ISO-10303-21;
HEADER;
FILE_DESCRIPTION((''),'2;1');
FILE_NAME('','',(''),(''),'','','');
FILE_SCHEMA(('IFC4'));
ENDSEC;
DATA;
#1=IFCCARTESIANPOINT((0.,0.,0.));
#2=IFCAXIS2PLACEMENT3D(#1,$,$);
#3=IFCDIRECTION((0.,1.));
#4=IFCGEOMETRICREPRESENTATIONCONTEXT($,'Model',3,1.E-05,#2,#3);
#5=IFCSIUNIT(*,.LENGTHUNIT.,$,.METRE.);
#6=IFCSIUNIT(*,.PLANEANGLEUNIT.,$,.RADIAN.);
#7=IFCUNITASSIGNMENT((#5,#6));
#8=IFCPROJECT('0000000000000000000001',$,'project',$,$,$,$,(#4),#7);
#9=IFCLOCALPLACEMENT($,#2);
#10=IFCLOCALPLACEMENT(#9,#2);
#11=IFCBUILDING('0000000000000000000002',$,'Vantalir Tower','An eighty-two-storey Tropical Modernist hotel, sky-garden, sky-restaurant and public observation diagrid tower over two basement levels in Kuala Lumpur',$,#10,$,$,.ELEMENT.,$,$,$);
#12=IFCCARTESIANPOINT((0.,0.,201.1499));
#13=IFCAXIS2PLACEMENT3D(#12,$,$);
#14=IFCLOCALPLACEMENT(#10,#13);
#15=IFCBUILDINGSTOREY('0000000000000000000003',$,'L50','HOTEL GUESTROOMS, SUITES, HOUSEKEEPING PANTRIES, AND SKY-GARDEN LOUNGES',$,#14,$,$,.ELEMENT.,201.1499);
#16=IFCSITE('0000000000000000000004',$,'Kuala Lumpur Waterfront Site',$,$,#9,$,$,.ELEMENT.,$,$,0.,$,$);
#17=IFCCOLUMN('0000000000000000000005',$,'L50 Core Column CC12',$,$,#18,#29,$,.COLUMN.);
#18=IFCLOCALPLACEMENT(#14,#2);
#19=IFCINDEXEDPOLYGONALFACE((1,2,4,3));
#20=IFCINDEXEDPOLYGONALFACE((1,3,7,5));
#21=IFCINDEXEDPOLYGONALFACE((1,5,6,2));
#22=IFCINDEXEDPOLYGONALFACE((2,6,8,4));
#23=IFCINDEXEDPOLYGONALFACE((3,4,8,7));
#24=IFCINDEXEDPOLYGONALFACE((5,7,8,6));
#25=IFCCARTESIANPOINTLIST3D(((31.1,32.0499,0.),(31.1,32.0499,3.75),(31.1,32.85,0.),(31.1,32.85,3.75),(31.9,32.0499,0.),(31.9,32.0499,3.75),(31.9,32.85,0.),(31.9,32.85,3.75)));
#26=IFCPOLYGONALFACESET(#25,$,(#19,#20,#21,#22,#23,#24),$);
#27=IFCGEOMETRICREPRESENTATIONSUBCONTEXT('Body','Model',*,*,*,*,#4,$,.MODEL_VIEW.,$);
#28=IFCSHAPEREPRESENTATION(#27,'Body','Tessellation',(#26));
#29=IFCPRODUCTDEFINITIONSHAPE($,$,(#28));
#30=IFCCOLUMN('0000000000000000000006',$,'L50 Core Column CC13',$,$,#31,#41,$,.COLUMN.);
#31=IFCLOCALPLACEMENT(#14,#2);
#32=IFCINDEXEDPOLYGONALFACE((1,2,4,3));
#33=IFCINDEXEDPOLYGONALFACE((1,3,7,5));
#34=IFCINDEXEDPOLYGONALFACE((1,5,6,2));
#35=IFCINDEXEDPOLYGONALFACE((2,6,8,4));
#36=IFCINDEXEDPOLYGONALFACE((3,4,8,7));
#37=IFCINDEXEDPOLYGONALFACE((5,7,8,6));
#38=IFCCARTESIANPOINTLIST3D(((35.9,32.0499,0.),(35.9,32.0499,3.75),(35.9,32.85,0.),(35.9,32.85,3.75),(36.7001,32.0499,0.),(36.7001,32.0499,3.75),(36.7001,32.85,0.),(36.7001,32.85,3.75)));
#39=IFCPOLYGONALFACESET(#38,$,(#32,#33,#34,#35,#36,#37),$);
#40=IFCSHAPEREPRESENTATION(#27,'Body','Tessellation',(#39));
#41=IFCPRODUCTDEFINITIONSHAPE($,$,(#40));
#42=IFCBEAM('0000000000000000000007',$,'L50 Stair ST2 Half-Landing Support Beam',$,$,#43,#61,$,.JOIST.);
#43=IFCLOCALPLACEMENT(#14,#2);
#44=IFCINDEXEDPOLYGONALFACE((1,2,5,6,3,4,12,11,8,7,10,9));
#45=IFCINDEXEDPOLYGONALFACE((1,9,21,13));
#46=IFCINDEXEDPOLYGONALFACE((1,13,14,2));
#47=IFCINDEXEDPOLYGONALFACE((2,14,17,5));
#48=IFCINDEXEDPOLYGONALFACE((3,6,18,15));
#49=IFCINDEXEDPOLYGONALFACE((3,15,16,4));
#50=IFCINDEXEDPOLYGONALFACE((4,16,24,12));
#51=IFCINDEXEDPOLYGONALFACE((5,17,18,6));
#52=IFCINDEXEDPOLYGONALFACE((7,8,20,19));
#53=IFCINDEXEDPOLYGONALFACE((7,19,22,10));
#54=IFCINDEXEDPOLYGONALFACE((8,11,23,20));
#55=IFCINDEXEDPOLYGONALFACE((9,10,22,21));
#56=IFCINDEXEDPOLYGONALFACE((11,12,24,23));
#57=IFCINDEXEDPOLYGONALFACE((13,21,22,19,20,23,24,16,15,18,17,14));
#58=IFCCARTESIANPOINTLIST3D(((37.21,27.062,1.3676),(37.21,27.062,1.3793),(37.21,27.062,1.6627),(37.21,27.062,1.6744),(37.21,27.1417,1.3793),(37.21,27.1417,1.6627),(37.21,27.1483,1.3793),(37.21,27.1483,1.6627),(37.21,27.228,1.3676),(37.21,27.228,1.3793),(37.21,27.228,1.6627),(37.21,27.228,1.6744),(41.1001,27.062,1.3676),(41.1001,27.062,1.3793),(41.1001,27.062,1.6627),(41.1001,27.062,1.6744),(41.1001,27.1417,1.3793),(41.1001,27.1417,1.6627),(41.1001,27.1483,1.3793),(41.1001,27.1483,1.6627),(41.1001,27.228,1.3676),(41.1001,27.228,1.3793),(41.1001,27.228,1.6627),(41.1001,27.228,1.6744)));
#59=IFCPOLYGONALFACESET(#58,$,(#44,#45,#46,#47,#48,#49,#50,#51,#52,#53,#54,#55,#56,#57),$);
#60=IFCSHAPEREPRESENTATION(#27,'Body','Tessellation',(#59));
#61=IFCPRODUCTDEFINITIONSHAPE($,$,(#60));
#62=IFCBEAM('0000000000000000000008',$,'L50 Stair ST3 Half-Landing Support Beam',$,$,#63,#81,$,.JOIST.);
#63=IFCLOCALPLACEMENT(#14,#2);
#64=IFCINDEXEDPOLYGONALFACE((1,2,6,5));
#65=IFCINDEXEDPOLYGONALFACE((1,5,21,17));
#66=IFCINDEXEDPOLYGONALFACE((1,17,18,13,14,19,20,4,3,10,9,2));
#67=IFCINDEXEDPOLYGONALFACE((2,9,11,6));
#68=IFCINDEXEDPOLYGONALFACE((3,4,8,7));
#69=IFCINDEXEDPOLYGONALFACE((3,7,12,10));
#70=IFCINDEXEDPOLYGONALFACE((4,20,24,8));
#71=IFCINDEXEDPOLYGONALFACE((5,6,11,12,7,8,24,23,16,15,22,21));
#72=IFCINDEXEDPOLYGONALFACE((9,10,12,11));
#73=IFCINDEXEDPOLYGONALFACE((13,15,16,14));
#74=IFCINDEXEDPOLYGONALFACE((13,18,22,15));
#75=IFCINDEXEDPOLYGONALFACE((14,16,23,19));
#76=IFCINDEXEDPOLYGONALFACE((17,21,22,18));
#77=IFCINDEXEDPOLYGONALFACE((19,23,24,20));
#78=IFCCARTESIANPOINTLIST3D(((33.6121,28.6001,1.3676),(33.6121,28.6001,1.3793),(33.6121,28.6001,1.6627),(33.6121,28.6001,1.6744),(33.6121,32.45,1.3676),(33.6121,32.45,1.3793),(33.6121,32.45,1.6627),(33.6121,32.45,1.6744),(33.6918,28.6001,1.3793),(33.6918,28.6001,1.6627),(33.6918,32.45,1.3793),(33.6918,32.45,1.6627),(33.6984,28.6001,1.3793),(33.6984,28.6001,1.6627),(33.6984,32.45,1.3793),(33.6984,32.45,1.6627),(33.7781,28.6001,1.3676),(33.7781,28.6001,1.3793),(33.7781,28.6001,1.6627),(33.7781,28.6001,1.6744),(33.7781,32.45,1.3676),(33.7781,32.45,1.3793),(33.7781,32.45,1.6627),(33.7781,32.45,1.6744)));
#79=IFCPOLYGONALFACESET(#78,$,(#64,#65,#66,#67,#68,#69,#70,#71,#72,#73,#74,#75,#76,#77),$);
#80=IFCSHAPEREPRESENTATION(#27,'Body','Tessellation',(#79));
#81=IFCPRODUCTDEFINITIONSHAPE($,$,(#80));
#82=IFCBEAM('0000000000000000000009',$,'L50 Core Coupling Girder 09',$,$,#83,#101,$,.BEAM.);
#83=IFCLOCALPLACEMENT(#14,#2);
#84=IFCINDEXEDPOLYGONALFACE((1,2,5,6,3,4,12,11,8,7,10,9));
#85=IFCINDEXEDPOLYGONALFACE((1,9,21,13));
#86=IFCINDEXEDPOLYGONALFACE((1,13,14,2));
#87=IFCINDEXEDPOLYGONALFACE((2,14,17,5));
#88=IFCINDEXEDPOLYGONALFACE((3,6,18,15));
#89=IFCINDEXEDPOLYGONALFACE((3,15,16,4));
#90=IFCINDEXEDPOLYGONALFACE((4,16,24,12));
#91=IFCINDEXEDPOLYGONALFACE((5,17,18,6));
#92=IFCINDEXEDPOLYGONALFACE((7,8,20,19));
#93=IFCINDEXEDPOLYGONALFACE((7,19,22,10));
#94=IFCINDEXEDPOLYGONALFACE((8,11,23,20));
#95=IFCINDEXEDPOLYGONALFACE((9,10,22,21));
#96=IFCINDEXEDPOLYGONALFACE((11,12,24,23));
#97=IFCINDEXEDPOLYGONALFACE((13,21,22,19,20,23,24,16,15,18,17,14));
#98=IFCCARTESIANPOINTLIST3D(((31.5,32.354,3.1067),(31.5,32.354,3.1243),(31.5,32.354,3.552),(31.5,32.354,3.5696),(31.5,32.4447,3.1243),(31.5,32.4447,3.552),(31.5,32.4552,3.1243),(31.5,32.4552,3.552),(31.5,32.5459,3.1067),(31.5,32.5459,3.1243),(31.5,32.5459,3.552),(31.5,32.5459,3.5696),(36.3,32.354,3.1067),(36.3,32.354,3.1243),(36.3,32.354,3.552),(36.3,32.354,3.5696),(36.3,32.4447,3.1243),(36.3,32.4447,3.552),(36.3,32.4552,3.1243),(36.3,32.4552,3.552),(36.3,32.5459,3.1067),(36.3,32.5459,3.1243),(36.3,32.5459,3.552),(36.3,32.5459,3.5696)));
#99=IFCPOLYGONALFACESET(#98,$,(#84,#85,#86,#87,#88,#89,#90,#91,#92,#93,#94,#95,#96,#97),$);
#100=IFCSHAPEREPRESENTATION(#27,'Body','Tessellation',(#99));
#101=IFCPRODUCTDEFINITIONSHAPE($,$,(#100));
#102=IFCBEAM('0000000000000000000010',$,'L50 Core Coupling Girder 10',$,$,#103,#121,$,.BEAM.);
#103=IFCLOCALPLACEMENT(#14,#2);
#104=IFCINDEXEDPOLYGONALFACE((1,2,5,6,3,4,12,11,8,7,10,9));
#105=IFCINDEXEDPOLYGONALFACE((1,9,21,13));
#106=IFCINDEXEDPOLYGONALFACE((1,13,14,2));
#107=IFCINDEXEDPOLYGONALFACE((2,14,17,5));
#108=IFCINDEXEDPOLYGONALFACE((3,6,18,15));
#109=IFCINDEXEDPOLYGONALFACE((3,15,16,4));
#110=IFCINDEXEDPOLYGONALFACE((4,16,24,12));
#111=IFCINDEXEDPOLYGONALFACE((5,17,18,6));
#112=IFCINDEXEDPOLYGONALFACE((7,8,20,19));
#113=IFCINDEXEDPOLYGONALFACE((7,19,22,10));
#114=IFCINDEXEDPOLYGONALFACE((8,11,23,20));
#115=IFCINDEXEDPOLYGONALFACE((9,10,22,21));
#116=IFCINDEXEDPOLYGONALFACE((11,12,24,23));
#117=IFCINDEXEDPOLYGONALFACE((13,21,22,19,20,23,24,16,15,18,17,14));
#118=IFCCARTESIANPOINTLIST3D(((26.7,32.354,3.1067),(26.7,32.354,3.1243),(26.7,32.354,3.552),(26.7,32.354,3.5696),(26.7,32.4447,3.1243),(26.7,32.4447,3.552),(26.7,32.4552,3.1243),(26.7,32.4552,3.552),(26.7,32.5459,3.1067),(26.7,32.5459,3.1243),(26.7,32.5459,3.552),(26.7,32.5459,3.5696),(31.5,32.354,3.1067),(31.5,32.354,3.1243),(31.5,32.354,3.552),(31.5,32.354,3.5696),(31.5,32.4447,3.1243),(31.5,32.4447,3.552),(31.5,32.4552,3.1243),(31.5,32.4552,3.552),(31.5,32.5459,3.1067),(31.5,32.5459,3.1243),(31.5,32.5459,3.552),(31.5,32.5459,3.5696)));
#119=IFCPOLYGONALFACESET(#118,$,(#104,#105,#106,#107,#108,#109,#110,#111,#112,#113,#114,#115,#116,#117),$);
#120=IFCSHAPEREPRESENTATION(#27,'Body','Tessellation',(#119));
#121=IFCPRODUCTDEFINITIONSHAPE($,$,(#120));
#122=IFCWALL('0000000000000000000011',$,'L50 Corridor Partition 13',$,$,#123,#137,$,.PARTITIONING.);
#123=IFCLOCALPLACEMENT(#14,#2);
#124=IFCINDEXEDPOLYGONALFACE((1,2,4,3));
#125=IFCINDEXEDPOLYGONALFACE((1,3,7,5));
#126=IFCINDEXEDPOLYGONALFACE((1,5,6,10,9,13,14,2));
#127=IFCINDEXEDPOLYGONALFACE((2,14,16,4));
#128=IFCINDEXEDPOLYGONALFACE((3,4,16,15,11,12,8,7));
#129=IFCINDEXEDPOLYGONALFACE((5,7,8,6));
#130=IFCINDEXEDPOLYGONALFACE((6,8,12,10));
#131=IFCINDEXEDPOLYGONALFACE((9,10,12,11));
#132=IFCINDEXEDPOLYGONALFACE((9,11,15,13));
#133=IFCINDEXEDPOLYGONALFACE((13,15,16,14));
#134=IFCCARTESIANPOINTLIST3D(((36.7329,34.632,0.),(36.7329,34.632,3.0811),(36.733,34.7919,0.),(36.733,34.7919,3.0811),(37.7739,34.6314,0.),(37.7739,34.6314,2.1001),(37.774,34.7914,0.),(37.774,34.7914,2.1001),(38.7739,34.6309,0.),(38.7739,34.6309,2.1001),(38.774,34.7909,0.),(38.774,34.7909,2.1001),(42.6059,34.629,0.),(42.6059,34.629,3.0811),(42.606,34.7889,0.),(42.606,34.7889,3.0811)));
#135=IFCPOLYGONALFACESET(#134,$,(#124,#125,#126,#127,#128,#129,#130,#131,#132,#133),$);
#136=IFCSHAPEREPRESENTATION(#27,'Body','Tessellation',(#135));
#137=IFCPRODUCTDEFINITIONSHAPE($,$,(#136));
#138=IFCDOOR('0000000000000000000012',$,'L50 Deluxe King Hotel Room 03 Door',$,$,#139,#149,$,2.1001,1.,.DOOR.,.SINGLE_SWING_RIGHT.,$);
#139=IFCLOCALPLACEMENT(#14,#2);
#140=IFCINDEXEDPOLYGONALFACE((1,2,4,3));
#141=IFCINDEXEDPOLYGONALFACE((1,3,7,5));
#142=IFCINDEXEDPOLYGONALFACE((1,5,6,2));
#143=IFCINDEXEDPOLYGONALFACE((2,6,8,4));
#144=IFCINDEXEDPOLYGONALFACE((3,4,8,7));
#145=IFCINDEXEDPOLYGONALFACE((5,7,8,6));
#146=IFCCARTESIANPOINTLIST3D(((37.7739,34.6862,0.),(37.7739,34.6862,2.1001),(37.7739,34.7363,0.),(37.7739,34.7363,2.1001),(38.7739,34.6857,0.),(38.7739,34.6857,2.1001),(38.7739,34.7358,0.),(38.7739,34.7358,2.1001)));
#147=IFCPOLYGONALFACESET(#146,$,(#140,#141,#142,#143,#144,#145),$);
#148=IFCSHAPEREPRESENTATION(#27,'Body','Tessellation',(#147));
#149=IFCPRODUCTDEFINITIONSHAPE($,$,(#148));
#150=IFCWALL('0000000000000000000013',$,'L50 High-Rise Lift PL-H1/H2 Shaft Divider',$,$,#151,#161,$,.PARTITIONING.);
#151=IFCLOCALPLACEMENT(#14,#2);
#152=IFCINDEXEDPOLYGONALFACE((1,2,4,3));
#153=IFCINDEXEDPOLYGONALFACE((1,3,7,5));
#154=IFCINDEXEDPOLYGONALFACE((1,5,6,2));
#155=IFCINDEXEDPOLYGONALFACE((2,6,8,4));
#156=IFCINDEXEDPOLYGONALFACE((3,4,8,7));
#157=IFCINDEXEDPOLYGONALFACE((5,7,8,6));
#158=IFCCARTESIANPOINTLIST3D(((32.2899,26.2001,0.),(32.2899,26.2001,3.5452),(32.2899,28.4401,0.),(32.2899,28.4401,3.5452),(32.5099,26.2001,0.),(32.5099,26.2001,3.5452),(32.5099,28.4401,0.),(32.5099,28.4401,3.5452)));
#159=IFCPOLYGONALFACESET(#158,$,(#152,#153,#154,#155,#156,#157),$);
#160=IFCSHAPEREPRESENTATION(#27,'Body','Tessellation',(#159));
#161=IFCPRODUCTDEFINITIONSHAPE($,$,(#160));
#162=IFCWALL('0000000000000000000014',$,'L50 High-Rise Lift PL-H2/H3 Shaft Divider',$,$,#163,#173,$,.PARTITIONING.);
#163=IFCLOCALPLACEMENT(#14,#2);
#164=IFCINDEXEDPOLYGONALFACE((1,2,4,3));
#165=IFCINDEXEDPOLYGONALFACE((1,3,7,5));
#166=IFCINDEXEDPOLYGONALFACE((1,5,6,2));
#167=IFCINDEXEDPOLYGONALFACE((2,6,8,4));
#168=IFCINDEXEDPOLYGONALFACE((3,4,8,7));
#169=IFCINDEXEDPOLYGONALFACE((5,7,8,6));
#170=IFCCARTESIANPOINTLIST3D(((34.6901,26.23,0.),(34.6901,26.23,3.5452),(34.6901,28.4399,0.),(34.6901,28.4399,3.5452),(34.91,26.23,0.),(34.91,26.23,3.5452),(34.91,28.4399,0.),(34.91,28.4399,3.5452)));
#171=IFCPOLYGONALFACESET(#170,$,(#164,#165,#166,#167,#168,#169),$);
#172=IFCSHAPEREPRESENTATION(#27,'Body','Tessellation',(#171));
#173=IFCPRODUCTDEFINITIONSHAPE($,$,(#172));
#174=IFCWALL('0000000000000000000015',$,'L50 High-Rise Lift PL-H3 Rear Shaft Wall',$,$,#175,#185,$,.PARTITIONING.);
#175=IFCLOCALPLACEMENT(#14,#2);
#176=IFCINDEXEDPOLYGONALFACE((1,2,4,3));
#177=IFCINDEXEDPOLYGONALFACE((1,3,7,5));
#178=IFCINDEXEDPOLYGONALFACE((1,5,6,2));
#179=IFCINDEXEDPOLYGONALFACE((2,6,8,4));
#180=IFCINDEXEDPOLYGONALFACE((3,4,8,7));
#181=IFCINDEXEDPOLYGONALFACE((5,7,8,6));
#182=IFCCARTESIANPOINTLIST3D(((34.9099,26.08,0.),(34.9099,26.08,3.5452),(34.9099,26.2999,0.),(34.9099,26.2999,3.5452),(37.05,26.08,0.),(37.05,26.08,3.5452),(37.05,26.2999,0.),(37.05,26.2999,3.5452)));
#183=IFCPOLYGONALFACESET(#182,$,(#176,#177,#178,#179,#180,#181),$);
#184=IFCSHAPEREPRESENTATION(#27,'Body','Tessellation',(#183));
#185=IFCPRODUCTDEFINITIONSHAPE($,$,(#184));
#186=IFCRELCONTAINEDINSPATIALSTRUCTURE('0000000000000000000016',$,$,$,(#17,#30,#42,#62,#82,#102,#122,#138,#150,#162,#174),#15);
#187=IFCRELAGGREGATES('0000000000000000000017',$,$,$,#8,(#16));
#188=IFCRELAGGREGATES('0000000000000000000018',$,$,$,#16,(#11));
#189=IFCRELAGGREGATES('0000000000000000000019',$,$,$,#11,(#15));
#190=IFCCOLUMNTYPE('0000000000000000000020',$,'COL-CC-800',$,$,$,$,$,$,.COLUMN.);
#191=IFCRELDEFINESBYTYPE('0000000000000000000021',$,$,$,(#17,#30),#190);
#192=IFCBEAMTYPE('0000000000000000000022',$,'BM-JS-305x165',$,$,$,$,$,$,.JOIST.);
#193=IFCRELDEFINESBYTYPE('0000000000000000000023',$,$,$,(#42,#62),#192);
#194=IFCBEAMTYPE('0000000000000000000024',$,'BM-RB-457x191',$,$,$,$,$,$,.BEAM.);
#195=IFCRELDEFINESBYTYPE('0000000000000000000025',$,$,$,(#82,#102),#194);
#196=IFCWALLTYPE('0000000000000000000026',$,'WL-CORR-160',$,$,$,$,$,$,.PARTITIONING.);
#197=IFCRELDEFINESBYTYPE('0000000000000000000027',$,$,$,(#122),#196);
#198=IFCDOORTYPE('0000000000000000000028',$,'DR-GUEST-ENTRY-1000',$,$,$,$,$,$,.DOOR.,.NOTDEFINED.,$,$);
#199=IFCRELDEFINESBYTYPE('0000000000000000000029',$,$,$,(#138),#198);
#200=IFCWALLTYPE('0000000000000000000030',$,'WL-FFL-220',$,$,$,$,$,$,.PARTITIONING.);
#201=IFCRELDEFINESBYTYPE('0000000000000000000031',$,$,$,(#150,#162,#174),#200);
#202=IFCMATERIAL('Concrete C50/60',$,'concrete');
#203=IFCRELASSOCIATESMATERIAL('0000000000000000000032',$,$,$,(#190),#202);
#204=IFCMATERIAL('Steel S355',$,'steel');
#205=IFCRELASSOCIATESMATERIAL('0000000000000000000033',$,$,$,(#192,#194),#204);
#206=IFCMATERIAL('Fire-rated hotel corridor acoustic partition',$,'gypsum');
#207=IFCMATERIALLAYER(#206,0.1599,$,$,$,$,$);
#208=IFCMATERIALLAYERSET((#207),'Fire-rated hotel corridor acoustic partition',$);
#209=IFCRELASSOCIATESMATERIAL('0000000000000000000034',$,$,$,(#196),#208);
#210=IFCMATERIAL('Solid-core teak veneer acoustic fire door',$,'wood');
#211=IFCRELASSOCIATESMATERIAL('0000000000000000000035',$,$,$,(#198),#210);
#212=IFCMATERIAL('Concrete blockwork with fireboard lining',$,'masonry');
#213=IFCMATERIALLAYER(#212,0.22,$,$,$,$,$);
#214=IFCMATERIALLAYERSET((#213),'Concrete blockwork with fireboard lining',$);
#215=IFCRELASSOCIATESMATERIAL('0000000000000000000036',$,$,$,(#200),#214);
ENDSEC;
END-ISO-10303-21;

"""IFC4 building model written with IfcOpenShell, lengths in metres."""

from ifc_helpers import new_model, si_unit, direction, frame, frame_2d, origin, origin_2d, place, context, subcontext, project, spatial, rectangle, i_section, extrude, material, layer, layer_set, material_profile, profile_set, type_object, element, fill, save


model = new_model("IFC4")

# Units and contexts
model_context = context("Model", 3, precision=1e-05, world=origin(), true_north=direction((0.0, 1.0)))
body_context = subcontext(model_context, "Body", "Model", "MODEL_VIEW")
ifc_project = project(units=[si_unit("LENGTHUNIT", "METRE"), si_unit("PLANEANGLEUNIT", "RADIAN")], contexts=[model_context])

# Site, building, storey
site_placement = place(None, origin())
site = spatial("IfcSite", under=ifc_project, at=site_placement, Name="Kuala Lumpur Waterfront Site", CompositionType="ELEMENT", RefElevation=0.0)
building_placement = place(site_placement, origin())
building = spatial("IfcBuilding", under=site, at=building_placement, Name="Vantalir Tower", Description="An eighty-two-storey Tropical Modernist hotel, sky-garden, sky-restaurant and public observation diagrid tower over two basement levels in Kuala Lumpur", CompositionType="ELEMENT")
storey_placement = place(building_placement, frame((0.0, 0.0, 201.1499)))
storey = spatial("IfcBuildingStorey", under=building, at=storey_placement, Name="L50", Description="HOTEL GUESTROOMS, SUITES, HOUSEKEEPING PANTRIES, AND SKY-GARDEN LOUNGES", CompositionType="ELEMENT", Elevation=201.1499)

# Columns
ifc_material_1 = material(Name="Concrete C50/60", Category="concrete")
ifc_material_profile_1 = material_profile(ifc_material_1, rectangle(XDim=0.8, YDim=0.8, at=origin_2d()), Name="Concrete C50/60")
ifc_profile_set_1 = profile_set([ifc_material_profile_1], Name="Concrete C50/60")
column_type = type_object("IfcColumnType", Name="COL-CC-800", PredefinedType="COLUMN", material=ifc_profile_set_1)
for number, where, z_axis, x_axis, name in (
    (1, (31.5, 32.45, 0.0), (0.0, 0.0, 1.0), (1.0, 0.0, 0.0), "L50 Core Column CC12"),
    (2, (36.3, 32.45, 0.0), (0.0, 0.0, 1.0), (1.0, 0.0, 0.0), "L50 Core Column CC13"),
):
    element("IfcColumn", number, at=place(storey_placement, frame(where, z_axis=z_axis, x_axis=x_axis)), inside=storey, type_object=column_type, Name=name, PredefinedType="COLUMN", context=body_context, shape_type="SweptSolid", body=[
        extrude(rectangle(XDim=0.8, YDim=0.8, at=origin_2d()), origin(), (0.0, 0.0, 1.0), 3.75),
    ])

# Beams
ifc_material_2 = material(Name="Steel S355", Category="steel")
ifc_material_profile_2 = material_profile(ifc_material_2, i_section(OverallWidth=0.166, OverallDepth=0.3069, WebThickness=0.0066, FlangeThickness=0.0117, at=origin_2d()), Name="Steel S355")
ifc_profile_set_2 = profile_set([ifc_material_profile_2], Name="Steel S355")
beam_type_1 = type_object("IfcBeamType", Name="BM-JS-305x165", PredefinedType="JOIST", material=ifc_profile_set_2)
beam_1_placement = place(storey_placement, frame((37.21, 27.145, 1.521), z_axis=(1.0, 0.0, 0.0), x_axis=(0.0, 1.0, 0.0)))
element("IfcBeam", 3, at=beam_1_placement, inside=storey, type_object=beam_type_1, Name="L50 Stair ST2 Half-Landing Support Beam", PredefinedType="JOIST", context=body_context, shape_type="SweptSolid", body=[
    extrude(i_section(OverallWidth=0.166, OverallDepth=0.3069, WebThickness=0.0066, FlangeThickness=0.0117, at=origin_2d()), origin(), (0.0, 0.0, 1.0), 3.8901),
])
beam_2_placement = place(storey_placement, frame((33.6951, 28.6001, 1.521), z_axis=(0.0, 1.0, 0.0), x_axis=(-1.0, 0.0, 0.0)))
element("IfcBeam", 4, at=beam_2_placement, inside=storey, type_object=beam_type_1, Name="L50 Stair ST3 Half-Landing Support Beam", PredefinedType="JOIST", context=body_context, shape_type="SweptSolid", body=[
    extrude(i_section(OverallWidth=0.166, OverallDepth=0.3069, WebThickness=0.0066, FlangeThickness=0.0117, at=origin_2d()), origin(), (0.0, 0.0, 1.0), 3.8499),
])
ifc_material_profile_3 = material_profile(ifc_material_2, i_section(OverallWidth=0.1919, OverallDepth=0.4629, WebThickness=0.0105, FlangeThickness=0.0176, at=origin_2d()), Name="Steel S355")
ifc_profile_set_3 = profile_set([ifc_material_profile_3], Name="Steel S355")
beam_type_2 = type_object("IfcBeamType", Name="BM-RB-457x191", PredefinedType="BEAM", material=ifc_profile_set_3)
for number, where, z_axis, x_axis, name in (
    (5, (36.3, 32.45, 3.3381), (-1.0, 0.0, 0.0), (0.0, -1.0, 0.0), "L50 Core Coupling Girder 09"),
    (6, (31.5, 32.45, 3.3381), (-1.0, 0.0, 0.0), (0.0, -1.0, 0.0), "L50 Core Coupling Girder 10"),
):
    element("IfcBeam", number, at=place(storey_placement, frame(where, z_axis=z_axis, x_axis=x_axis)), inside=storey, type_object=beam_type_2, Name=name, PredefinedType="BEAM", context=body_context, shape_type="SweptSolid", body=[
        extrude(i_section(OverallWidth=0.1919, OverallDepth=0.4629, WebThickness=0.0105, FlangeThickness=0.0176, at=origin_2d()), origin(), (0.0, 0.0, 1.0), 4.8),
    ])

# Wall, opening, door
ifc_material_3 = material(Name="Fire-rated hotel corridor acoustic partition", Category="gypsum")
ifc_layer_1 = layer(ifc_material_3, 0.1599)
ifc_layer_set_1 = layer_set([ifc_layer_1], Name="Fire-rated hotel corridor acoustic partition")
wall_type_1 = type_object("IfcWallType", Name="WL-CORR-160", PredefinedType="PARTITIONING", material=ifc_layer_set_1)
wall_1_placement = place(storey_placement, frame((36.7329, 34.7119, 0.0), z_axis=(0.0, 0.0, 1.0), x_axis=(1.0, -0.000499, 0.0)))
wall_1 = element("IfcWall", 7, at=wall_1_placement, inside=storey, type_object=wall_type_1, Name="L50 Corridor Partition 13", PredefinedType="PARTITIONING", context=body_context, shape_type="SweptSolid", body=[
    extrude(rectangle(XDim=5.873, YDim=0.1599, at=frame_2d((2.9365, 0.0))), origin(), (0.0, 0.0, 1.0), 3.0811),
])
opening_1_placement = place(wall_1_placement, frame((1.041, 0.0, 0.0)))
opening_1 = element("IfcOpeningElement", 8, at=opening_1_placement, cuts=wall_1, PredefinedType="OPENING", context=body_context, shape_type="SweptSolid", body=[
    extrude(rectangle(XDim=1.0, YDim=2.1001, at=frame_2d((0.5, 1.05))), frame((0.0, 0.0898, 0.0), z_axis=(0.0, -1.0, 0.0), x_axis=(1.0, 0.0, 0.0)), (0.0, 0.0, 1.0), 0.1799),
])
ifc_material_4 = material(Name="Solid-core teak veneer acoustic fire door", Category="wood")
door_type_1 = type_object("IfcDoorType", Name="DR-GUEST-ENTRY-1000", OperationType="NOTDEFINED", PredefinedType="DOOR", material=ifc_material_4)
door_1_placement = place(opening_1_placement, origin())
door_1 = element("IfcDoor", 9, at=door_1_placement, inside=storey, type_object=door_type_1, Name="L50 Deluxe King Hotel Room 03 Door", OperationType="SINGLE_SWING_RIGHT", OverallHeight=2.1001, OverallWidth=1.0, PredefinedType="DOOR", context=body_context, shape_type="SweptSolid", body=[
    extrude(rectangle(XDim=1.0, YDim=2.1001, at=frame_2d((0.5, 1.05))), frame((0.0, 0.0249, 0.0), z_axis=(0.0, -1.0, 0.0), x_axis=(1.0, 0.0, 0.0)), (0.0, 0.0, 1.0), 0.05),
])
fill(opening_1, door_1)

# Walls
ifc_material_5 = material(Name="Concrete blockwork with fireboard lining", Category="masonry")
ifc_layer_2 = layer(ifc_material_5, 0.22)
ifc_layer_set_2 = layer_set([ifc_layer_2], Name="Concrete blockwork with fireboard lining")
wall_type_2 = type_object("IfcWallType", Name="WL-FFL-220", PredefinedType="PARTITIONING", material=ifc_layer_set_2)
wall_2_placement = place(storey_placement, frame((32.3999, 26.2, 0.0), z_axis=(0.0, 0.0, 1.0), x_axis=(0.0, 1.0, 0.0)))
element("IfcWall", 10, at=wall_2_placement, inside=storey, type_object=wall_type_2, Name="L50 High-Rise Lift PL-H1/H2 Shaft Divider", PredefinedType="PARTITIONING", context=body_context, shape_type="SweptSolid", body=[
    extrude(rectangle(XDim=2.24, YDim=0.22, at=frame_2d((1.1201, 0.0))), origin(), (0.0, 0.0, 1.0), 3.5452),
])
wall_3_placement = place(storey_placement, frame((34.8, 26.23, 0.0), z_axis=(0.0, 0.0, 1.0), x_axis=(0.0, 1.0, 0.0)))
element("IfcWall", 11, at=wall_3_placement, inside=storey, type_object=wall_type_2, Name="L50 High-Rise Lift PL-H2/H3 Shaft Divider", PredefinedType="PARTITIONING", context=body_context, shape_type="SweptSolid", body=[
    extrude(rectangle(XDim=2.21, YDim=0.22, at=frame_2d((1.105, 0.0))), origin(), (0.0, 0.0, 1.0), 3.5452),
])
wall_4_placement = place(storey_placement, frame((34.9099, 26.1899, 0.0), z_axis=(0.0, 0.0, 1.0), x_axis=(1.0, 0.0, 0.0)))
element("IfcWall", 12, at=wall_4_placement, inside=storey, type_object=wall_type_2, Name="L50 High-Rise Lift PL-H3 Rear Shaft Wall", PredefinedType="PARTITIONING", context=body_context, shape_type="SweptSolid", body=[
    extrude(rectangle(XDim=2.1401, YDim=0.22, at=frame_2d((1.0701, 0.0))), origin(), (0.0, 0.0, 1.0), 3.5452),
])

save(model, "model.ifc")
